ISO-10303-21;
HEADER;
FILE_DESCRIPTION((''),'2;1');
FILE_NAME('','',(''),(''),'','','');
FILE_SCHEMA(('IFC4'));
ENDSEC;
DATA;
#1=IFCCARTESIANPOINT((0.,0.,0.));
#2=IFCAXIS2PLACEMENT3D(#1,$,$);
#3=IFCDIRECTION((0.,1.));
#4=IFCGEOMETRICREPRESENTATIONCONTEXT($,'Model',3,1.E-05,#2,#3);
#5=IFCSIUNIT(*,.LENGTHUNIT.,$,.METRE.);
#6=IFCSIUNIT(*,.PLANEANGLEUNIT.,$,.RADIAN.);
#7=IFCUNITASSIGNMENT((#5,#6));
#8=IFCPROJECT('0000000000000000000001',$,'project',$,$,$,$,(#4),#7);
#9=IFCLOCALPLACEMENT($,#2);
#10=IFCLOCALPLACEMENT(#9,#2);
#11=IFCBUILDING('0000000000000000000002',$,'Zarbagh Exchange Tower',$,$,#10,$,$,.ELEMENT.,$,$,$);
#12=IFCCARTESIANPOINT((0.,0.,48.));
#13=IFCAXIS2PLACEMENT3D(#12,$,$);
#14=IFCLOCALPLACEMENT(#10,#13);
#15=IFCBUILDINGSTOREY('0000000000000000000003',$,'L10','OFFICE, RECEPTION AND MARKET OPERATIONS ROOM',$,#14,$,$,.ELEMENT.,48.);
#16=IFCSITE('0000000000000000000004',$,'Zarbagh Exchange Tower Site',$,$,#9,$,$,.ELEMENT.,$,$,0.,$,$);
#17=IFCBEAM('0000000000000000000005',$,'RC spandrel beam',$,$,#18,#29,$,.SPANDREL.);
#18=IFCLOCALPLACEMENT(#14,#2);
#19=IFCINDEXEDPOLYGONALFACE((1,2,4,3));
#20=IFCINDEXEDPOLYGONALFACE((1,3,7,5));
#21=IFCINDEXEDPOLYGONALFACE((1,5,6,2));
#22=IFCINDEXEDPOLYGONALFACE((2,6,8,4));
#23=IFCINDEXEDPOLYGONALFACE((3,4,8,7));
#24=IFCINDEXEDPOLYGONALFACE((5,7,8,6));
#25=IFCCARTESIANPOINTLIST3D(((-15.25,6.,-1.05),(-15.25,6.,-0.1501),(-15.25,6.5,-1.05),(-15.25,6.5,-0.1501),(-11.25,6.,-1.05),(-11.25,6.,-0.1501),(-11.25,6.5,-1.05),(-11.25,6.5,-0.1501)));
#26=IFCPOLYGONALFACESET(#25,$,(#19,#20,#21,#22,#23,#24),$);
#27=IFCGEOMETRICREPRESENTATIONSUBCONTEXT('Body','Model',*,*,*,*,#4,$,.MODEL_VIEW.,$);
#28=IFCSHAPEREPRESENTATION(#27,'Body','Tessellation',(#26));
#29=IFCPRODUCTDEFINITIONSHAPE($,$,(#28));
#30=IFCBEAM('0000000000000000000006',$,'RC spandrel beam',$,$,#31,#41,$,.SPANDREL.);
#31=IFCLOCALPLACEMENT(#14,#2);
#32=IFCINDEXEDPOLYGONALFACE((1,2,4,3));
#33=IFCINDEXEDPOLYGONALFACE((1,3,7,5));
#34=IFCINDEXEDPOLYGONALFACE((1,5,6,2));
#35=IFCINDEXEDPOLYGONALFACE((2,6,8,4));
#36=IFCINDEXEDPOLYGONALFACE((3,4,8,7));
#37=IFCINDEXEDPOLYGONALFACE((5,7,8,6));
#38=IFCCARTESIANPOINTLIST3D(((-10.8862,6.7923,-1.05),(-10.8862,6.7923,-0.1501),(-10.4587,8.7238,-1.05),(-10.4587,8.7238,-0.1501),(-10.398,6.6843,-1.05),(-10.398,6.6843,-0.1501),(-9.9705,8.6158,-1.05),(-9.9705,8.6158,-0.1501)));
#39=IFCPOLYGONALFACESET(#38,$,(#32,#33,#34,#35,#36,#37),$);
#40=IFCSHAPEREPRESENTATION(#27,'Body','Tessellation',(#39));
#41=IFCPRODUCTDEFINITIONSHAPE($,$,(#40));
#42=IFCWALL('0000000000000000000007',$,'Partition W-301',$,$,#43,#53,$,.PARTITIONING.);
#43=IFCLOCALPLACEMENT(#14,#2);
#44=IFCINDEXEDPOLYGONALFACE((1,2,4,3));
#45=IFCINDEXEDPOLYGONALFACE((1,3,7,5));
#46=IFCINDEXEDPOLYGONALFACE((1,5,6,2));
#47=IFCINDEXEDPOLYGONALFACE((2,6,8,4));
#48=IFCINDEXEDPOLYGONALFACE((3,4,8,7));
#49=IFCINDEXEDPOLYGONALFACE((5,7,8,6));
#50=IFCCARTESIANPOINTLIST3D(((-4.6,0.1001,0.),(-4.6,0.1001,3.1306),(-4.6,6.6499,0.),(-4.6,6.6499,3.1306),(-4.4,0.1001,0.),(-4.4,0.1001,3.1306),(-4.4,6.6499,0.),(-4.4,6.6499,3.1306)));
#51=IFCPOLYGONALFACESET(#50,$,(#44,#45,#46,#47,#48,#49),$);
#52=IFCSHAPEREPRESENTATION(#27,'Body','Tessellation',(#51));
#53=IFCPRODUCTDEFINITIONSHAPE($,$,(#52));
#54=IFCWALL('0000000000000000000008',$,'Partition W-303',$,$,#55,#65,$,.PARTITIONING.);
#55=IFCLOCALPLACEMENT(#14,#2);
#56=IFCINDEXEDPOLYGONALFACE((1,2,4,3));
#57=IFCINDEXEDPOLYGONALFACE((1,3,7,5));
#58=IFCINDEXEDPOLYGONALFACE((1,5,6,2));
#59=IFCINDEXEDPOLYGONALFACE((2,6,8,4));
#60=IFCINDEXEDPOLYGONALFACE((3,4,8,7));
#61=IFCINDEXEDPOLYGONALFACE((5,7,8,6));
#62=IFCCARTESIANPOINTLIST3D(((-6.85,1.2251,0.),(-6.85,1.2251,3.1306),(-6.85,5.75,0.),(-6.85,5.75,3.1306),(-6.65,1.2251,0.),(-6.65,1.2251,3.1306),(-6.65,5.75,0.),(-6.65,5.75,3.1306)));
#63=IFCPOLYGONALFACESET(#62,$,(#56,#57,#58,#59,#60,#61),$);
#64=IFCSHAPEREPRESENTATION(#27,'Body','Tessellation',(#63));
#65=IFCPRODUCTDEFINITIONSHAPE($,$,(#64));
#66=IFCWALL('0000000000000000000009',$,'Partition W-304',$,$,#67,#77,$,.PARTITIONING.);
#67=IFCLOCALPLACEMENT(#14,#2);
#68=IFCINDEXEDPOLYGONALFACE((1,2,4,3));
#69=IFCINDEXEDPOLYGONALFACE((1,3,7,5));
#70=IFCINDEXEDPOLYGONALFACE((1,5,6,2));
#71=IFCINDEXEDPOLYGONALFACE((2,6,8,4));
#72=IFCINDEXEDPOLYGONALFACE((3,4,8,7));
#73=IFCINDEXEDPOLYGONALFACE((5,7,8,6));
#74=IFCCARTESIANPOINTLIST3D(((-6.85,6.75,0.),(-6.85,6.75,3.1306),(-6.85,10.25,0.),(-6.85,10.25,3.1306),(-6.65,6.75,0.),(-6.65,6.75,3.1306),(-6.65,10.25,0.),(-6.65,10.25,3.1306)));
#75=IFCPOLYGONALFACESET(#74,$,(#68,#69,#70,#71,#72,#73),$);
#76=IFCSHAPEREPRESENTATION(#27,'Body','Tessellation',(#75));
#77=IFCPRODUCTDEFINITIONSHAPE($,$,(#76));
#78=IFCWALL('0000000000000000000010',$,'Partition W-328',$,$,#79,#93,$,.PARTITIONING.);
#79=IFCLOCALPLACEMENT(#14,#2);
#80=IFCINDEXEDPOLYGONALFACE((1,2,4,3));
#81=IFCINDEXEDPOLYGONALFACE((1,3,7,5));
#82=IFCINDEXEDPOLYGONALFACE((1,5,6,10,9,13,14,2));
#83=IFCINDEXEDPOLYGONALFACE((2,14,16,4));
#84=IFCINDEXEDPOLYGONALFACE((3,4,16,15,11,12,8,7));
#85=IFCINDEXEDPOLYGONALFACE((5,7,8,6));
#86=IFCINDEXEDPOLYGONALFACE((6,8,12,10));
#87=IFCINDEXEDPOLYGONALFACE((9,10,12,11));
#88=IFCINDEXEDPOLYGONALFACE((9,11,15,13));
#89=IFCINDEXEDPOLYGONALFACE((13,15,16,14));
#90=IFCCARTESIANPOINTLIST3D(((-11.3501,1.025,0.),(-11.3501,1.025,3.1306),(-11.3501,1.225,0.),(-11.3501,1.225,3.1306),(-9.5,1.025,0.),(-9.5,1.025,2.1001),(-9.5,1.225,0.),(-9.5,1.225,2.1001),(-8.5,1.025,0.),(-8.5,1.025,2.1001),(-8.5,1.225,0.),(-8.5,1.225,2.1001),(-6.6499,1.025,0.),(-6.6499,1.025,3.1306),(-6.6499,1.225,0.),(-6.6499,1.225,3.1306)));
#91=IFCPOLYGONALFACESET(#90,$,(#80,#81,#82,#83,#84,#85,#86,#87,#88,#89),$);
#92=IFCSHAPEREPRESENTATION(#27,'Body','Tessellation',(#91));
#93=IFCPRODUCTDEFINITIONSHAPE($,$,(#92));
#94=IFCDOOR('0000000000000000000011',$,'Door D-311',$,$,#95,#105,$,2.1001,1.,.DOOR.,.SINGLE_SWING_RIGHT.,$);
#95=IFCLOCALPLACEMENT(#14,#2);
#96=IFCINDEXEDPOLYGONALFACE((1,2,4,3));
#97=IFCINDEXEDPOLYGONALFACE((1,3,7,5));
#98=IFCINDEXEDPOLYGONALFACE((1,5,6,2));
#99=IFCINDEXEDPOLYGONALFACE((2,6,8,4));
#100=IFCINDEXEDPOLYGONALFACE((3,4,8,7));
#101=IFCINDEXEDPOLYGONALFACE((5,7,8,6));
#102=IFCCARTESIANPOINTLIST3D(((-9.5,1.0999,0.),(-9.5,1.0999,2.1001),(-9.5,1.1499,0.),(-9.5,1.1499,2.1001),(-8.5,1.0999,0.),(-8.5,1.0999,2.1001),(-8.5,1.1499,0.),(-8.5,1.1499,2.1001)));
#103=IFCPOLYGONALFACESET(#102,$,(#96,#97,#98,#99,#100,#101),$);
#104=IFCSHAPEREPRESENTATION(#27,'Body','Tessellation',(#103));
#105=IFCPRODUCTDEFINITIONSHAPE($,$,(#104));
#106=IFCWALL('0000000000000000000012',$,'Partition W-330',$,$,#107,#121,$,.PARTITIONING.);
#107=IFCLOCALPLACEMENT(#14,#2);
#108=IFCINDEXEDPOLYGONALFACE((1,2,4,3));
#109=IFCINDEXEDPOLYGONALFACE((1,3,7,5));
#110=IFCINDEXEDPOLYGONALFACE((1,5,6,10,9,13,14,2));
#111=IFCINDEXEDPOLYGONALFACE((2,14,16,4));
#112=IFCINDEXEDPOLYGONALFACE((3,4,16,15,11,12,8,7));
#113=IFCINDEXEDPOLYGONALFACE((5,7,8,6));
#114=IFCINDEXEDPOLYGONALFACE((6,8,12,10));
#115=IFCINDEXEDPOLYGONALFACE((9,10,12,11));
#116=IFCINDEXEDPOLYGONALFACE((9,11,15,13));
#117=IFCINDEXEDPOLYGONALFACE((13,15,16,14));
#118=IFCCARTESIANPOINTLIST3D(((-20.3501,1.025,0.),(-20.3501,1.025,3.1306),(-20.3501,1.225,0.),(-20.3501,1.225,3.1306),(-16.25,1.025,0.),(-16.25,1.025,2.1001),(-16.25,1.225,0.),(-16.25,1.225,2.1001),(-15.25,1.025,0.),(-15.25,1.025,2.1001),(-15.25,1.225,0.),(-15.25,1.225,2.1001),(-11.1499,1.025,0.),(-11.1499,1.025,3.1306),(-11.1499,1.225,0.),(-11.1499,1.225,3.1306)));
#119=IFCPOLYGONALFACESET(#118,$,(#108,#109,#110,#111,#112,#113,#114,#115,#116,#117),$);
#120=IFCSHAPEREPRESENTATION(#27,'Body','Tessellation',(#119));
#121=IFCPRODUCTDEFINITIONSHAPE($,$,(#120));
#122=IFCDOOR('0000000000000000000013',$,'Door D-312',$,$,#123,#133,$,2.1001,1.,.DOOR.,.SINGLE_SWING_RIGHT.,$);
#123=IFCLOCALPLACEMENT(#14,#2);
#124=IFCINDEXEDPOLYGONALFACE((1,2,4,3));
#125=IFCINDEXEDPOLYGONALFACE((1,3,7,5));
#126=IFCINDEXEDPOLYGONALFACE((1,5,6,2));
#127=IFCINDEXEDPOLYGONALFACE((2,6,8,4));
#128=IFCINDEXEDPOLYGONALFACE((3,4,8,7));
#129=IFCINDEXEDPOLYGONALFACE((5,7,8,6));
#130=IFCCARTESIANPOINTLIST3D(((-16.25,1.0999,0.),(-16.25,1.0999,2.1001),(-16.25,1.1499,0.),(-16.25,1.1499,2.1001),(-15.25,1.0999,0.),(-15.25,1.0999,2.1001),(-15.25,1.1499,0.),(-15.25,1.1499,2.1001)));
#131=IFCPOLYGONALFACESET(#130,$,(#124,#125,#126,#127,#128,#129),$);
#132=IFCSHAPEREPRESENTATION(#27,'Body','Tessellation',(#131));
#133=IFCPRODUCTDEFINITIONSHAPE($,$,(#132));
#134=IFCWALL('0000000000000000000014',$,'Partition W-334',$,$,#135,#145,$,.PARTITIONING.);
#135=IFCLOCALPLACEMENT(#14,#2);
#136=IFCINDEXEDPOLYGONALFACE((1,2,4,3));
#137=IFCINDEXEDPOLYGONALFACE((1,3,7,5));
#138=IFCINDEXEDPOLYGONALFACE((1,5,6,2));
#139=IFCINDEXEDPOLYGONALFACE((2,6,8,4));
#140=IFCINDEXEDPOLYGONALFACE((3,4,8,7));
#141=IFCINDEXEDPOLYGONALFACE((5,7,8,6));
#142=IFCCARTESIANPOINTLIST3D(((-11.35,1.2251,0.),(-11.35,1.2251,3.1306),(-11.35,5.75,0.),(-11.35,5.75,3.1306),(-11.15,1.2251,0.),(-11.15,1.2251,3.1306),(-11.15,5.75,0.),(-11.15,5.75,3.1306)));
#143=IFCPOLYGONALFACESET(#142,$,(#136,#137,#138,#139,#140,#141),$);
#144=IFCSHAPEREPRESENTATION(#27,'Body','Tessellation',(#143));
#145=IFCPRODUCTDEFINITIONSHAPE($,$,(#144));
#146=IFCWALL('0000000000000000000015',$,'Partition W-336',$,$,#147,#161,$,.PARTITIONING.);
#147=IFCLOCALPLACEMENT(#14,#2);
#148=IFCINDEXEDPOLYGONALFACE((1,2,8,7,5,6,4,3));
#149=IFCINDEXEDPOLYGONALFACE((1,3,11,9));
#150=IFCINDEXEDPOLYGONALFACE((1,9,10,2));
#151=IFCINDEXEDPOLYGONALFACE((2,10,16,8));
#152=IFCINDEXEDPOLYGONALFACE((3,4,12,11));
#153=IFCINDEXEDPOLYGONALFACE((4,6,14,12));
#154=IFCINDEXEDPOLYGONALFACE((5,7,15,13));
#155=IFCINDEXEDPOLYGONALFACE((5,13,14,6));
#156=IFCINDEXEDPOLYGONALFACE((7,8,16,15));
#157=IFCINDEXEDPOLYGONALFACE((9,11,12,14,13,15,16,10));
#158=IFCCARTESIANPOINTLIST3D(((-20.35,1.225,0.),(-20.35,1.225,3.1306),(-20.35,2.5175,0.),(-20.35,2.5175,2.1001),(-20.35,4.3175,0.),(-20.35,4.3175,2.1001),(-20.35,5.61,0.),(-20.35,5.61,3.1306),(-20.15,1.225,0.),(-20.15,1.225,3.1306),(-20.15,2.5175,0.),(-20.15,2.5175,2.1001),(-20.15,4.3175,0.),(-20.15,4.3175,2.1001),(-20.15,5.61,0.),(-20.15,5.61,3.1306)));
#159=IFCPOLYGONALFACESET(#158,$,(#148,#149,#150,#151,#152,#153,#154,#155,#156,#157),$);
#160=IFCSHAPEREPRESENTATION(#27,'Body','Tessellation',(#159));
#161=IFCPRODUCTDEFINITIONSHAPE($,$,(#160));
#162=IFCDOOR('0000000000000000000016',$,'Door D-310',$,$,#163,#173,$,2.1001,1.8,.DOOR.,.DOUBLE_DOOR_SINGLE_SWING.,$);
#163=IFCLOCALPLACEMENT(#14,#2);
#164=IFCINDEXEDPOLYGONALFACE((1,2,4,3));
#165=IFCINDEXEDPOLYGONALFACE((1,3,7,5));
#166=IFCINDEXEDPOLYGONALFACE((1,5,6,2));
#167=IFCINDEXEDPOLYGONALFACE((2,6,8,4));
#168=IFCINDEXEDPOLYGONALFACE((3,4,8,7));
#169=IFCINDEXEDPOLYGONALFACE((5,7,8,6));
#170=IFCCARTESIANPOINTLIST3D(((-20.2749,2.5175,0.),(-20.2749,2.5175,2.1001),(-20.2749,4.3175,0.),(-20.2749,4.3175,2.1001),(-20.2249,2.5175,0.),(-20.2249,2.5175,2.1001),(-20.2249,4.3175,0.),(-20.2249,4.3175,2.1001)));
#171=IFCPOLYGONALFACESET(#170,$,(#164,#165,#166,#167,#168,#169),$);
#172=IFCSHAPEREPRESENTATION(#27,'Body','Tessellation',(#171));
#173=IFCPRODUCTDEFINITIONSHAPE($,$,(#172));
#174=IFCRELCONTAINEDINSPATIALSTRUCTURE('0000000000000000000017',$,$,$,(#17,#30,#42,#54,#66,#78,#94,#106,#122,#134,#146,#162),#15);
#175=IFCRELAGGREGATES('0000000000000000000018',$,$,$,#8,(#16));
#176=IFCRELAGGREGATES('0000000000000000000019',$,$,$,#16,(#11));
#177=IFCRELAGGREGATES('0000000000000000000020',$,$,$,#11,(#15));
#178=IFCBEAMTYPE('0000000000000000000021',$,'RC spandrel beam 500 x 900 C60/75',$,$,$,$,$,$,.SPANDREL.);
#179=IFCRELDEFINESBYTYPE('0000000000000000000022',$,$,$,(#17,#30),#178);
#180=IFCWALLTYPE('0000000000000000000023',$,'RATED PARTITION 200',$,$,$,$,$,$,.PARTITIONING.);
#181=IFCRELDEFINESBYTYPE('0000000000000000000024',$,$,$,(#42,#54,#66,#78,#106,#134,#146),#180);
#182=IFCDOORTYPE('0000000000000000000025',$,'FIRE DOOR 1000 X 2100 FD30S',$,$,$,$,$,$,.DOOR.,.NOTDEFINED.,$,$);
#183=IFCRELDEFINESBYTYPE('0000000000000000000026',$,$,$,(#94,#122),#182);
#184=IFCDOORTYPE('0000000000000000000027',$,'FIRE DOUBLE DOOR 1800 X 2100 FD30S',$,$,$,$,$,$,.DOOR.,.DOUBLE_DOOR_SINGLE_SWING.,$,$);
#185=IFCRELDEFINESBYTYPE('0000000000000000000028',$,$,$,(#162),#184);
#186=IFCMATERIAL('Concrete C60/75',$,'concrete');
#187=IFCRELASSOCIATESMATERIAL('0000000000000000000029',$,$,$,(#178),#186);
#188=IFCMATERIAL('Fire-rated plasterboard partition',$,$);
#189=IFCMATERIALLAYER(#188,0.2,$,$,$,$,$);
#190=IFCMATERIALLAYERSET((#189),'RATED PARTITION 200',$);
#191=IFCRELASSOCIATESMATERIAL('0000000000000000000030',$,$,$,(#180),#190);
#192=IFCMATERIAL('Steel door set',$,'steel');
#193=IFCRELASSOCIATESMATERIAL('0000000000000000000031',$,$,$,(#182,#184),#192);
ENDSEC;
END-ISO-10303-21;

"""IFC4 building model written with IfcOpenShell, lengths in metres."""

from ifc_helpers import new_model, si_unit, direction, frame, frame_2d, origin, origin_2d, place, context, subcontext, project, spatial, rectangle, extrude, material, layer, layer_set, material_profile, profile_set, type_object, element, fill, save


model = new_model("IFC4")

# Units and contexts
model_context = context("Model", 3, precision=1e-05, world=origin(), true_north=direction((0.0, 1.0)))
body_context = subcontext(model_context, "Body", "Model", "MODEL_VIEW")
ifc_project = project(units=[si_unit("LENGTHUNIT", "METRE"), si_unit("PLANEANGLEUNIT", "RADIAN")], contexts=[model_context])

# Site, building, storey
site_placement = place(None, origin())
site = spatial("IfcSite", under=ifc_project, at=site_placement, Name="Zarbagh Exchange Tower Site", CompositionType="ELEMENT", RefElevation=0.0)
building_placement = place(site_placement, origin())
building = spatial("IfcBuilding", under=site, at=building_placement, Name="Zarbagh Exchange Tower", CompositionType="ELEMENT")
storey_placement = place(building_placement, frame((0.0, 0.0, 48.0)))
storey = spatial("IfcBuildingStorey", under=building, at=storey_placement, Name="L10", Description="OFFICE, RECEPTION AND MARKET OPERATIONS ROOM", CompositionType="ELEMENT", Elevation=48.0)

# Shared definitions
ifc_material_1 = material(Name="Concrete C60/75", Category="concrete")

# Beams
ifc_material_profile_1 = material_profile(ifc_material_1, rectangle(XDim=0.5, YDim=0.8999, at=origin_2d()), Name="RC spandrel beam 500 x 900 C60/75")
ifc_profile_set_1 = profile_set([ifc_material_profile_1], Name="Concrete C60/75")
beam_type_1 = type_object("IfcBeamType", Name="RC spandrel beam 500 x 900 C60/75", PredefinedType="SPANDREL", material=ifc_profile_set_1)
beam_1_placement = place(storey_placement, frame((-15.25, 6.25, -0.6001), z_axis=(1.0, 0.0, 0.0), x_axis=(0.0, 1.0, 0.0)))
element("IfcBeam", 1, at=beam_1_placement, inside=storey, type_object=beam_type_1, Name="RC spandrel beam", PredefinedType="SPANDREL", context=body_context, shape_type="SweptSolid", body=[
    extrude(rectangle(XDim=0.5, YDim=0.8999, at=origin_2d()), origin(), (0.0, 0.0, 1.0), 4.0),
])
beam_2_placement = place(storey_placement, frame((-10.6421, 6.7383, -0.6001), z_axis=(0.216081, 0.976375, 0.0), x_axis=(-0.976375, 0.216081, 0.0)))
element("IfcBeam", 2, at=beam_2_placement, inside=storey, type_object=beam_type_1, Name="RC spandrel beam", PredefinedType="SPANDREL", context=body_context, shape_type="SweptSolid", body=[
    extrude(rectangle(XDim=0.5, YDim=0.8999, at=origin_2d()), origin(), (0.0, 0.0, 1.0), 1.9783),
])

# Walls
ifc_material_2 = material(Name="Fire-rated plasterboard partition")
ifc_layer = layer(ifc_material_2, 0.2)
ifc_layer_set = layer_set([ifc_layer], Name="RATED PARTITION 200")
wall_type = type_object("IfcWallType", Name="RATED PARTITION 200", PredefinedType="PARTITIONING", material=ifc_layer_set)
wall_1_placement = place(storey_placement, frame((-4.5, 0.1001, 0.0), z_axis=(0.0, 0.0, 1.0), x_axis=(0.0, 1.0, 0.0)))
element("IfcWall", 3, at=wall_1_placement, inside=storey, type_object=wall_type, Name="Partition W-301", PredefinedType="PARTITIONING", context=body_context, shape_type="SweptSolid", body=[
    extrude(rectangle(XDim=6.5498, YDim=0.2, at=frame_2d((3.2749, 0.0))), origin(), (0.0, 0.0, 1.0), 3.1306),
])
wall_2_placement = place(storey_placement, frame((-6.75, 1.2251, 0.0), z_axis=(0.0, 0.0, 1.0), x_axis=(0.0, 1.0, 0.0)))
element("IfcWall", 4, at=wall_2_placement, inside=storey, type_object=wall_type, Name="Partition W-303", PredefinedType="PARTITIONING", context=body_context, shape_type="SweptSolid", body=[
    extrude(rectangle(XDim=4.5249, YDim=0.2, at=frame_2d((2.2625, 0.0))), origin(), (0.0, 0.0, 1.0), 3.1306),
])
wall_3_placement = place(storey_placement, frame((-6.75, 6.75, 0.0), z_axis=(0.0, 0.0, 1.0), x_axis=(0.0, 1.0, 0.0)))
element("IfcWall", 5, at=wall_3_placement, inside=storey, type_object=wall_type, Name="Partition W-304", PredefinedType="PARTITIONING", context=body_context, shape_type="SweptSolid", body=[
    extrude(rectangle(XDim=3.5, YDim=0.2, at=frame_2d((1.75, 0.0))), origin(), (0.0, 0.0, 1.0), 3.1306),
])

# Walls, openings, doors
wall_4_placement = place(storey_placement, frame((-11.3501, 1.125, 0.0), z_axis=(0.0, 0.0, 1.0), x_axis=(1.0, 0.0, 0.0)))
wall_4 = element("IfcWall", 6, at=wall_4_placement, inside=storey, type_object=wall_type, Name="Partition W-328", PredefinedType="PARTITIONING", context=body_context, shape_type="SweptSolid", body=[
    extrude(rectangle(XDim=4.7002, YDim=0.2, at=frame_2d((2.3501, 0.0))), origin(), (0.0, 0.0, 1.0), 3.1306),
])
opening_1_placement = place(wall_4_placement, frame((1.8501, 0.0, 0.0)))
opening_1 = element("IfcOpeningElement", 7, at=opening_1_placement, cuts=wall_4, PredefinedType="OPENING", context=body_context, shape_type="SweptSolid", body=[
    extrude(rectangle(XDim=1.0, YDim=2.1001, at=frame_2d((0.5, 1.05))), frame((0.0, 0.1099, 0.0), z_axis=(0.0, -1.0, 0.0), x_axis=(1.0, 0.0, 0.0)), (0.0, 0.0, 1.0), 0.22),
])
ifc_material_3 = material(Name="Steel door set", Category="steel")
door_type_1 = type_object("IfcDoorType", Name="FIRE DOOR 1000 X 2100 FD30S", OperationType="NOTDEFINED", PredefinedType="DOOR", material=ifc_material_3)
door_1_placement = place(opening_1_placement, origin())
door_1 = element("IfcDoor", 8, at=door_1_placement, inside=storey, type_object=door_type_1, Name="Door D-311", OperationType="SINGLE_SWING_RIGHT", OverallHeight=2.1001, OverallWidth=1.0, PredefinedType="DOOR", context=body_context, shape_type="SweptSolid", body=[
    extrude(rectangle(XDim=1.0, YDim=2.1001, at=frame_2d((0.5, 1.05))), frame((0.0, 0.0249, 0.0), z_axis=(0.0, -1.0, 0.0), x_axis=(1.0, 0.0, 0.0)), (0.0, 0.0, 1.0), 0.05),
])
fill(opening_1, door_1)
wall_5_placement = place(storey_placement, frame((-20.3501, 1.125, 0.0), z_axis=(0.0, 0.0, 1.0), x_axis=(1.0, 0.0, 0.0)))
wall_5 = element("IfcWall", 9, at=wall_5_placement, inside=storey, type_object=wall_type, Name="Partition W-330", PredefinedType="PARTITIONING", context=body_context, shape_type="SweptSolid", body=[
    extrude(rectangle(XDim=9.2002, YDim=0.2, at=frame_2d((4.6001, 0.0))), origin(), (0.0, 0.0, 1.0), 3.1306),
])
opening_2_placement = place(wall_5_placement, frame((4.1001, 0.0, 0.0)))
opening_2 = element("IfcOpeningElement", 10, at=opening_2_placement, cuts=wall_5, PredefinedType="OPENING", context=body_context, shape_type="SweptSolid", body=[
    extrude(rectangle(XDim=1.0, YDim=2.1001, at=frame_2d((0.5, 1.05))), frame((0.0, 0.1099, 0.0), z_axis=(0.0, -1.0, 0.0), x_axis=(1.0, 0.0, 0.0)), (0.0, 0.0, 1.0), 0.22),
])
door_2_placement = place(opening_2_placement, origin())
door_2 = element("IfcDoor", 11, at=door_2_placement, inside=storey, type_object=door_type_1, Name="Door D-312", OperationType="SINGLE_SWING_RIGHT", OverallHeight=2.1001, OverallWidth=1.0, PredefinedType="DOOR", context=body_context, shape_type="SweptSolid", body=[
    extrude(rectangle(XDim=1.0, YDim=2.1001, at=frame_2d((0.5, 1.05))), frame((0.0, 0.0249, 0.0), z_axis=(0.0, -1.0, 0.0), x_axis=(1.0, 0.0, 0.0)), (0.0, 0.0, 1.0), 0.05),
])
fill(opening_2, door_2)

# Wall
wall_6_placement = place(storey_placement, frame((-11.25, 1.2251, 0.0), z_axis=(0.0, 0.0, 1.0), x_axis=(0.0, 1.0, 0.0)))
element("IfcWall", 12, at=wall_6_placement, inside=storey, type_object=wall_type, Name="Partition W-334", PredefinedType="PARTITIONING", context=body_context, shape_type="SweptSolid", body=[
    extrude(rectangle(XDim=4.5249, YDim=0.2, at=frame_2d((2.2625, 0.0))), origin(), (0.0, 0.0, 1.0), 3.1306),
])

# Wall, opening, door
wall_7_placement = place(storey_placement, frame((-20.25, 1.2251, 0.0), z_axis=(0.0, 0.0, 1.0), x_axis=(0.0, 1.0, 0.0)))
wall_7 = element("IfcWall", 13, at=wall_7_placement, inside=storey, type_object=wall_type, Name="Partition W-336", PredefinedType="PARTITIONING", context=body_context, shape_type="SweptSolid", body=[
    extrude(rectangle(XDim=4.385, YDim=0.2, at=frame_2d((2.1924, 0.0))), origin(), (0.0, 0.0, 1.0), 3.1306),
])
opening_3_placement = place(wall_7_placement, frame((1.2925, 0.0, 0.0)))
opening_3 = element("IfcOpeningElement", 14, at=opening_3_placement, cuts=wall_7, PredefinedType="OPENING", context=body_context, shape_type="SweptSolid", body=[
    extrude(rectangle(XDim=1.8, YDim=2.1001, at=frame_2d((0.8999, 1.05))), frame((0.0, 0.1099, 0.0), z_axis=(0.0, -1.0, 0.0), x_axis=(1.0, 0.0, 0.0)), (0.0, 0.0, 1.0), 0.22),
])
door_type_2 = type_object("IfcDoorType", Name="FIRE DOUBLE DOOR 1800 X 2100 FD30S", OperationType="DOUBLE_DOOR_SINGLE_SWING", PredefinedType="DOOR", material=ifc_material_3)
door_3_placement = place(opening_3_placement, origin())
door_3 = element("IfcDoor", 15, at=door_3_placement, inside=storey, type_object=door_type_2, Name="Door D-310", OperationType="DOUBLE_DOOR_SINGLE_SWING", OverallHeight=2.1001, OverallWidth=1.8, PredefinedType="DOOR", context=body_context, shape_type="SweptSolid", body=[
    extrude(rectangle(XDim=1.8, YDim=2.1001, at=frame_2d((0.8999, 1.05))), frame((0.0, 0.0249, 0.0), z_axis=(0.0, -1.0, 0.0), x_axis=(1.0, 0.0, 0.0)), (0.0, 0.0, 1.0), 0.05),
])
fill(opening_3, door_3)

save(model, "model.ifc")
